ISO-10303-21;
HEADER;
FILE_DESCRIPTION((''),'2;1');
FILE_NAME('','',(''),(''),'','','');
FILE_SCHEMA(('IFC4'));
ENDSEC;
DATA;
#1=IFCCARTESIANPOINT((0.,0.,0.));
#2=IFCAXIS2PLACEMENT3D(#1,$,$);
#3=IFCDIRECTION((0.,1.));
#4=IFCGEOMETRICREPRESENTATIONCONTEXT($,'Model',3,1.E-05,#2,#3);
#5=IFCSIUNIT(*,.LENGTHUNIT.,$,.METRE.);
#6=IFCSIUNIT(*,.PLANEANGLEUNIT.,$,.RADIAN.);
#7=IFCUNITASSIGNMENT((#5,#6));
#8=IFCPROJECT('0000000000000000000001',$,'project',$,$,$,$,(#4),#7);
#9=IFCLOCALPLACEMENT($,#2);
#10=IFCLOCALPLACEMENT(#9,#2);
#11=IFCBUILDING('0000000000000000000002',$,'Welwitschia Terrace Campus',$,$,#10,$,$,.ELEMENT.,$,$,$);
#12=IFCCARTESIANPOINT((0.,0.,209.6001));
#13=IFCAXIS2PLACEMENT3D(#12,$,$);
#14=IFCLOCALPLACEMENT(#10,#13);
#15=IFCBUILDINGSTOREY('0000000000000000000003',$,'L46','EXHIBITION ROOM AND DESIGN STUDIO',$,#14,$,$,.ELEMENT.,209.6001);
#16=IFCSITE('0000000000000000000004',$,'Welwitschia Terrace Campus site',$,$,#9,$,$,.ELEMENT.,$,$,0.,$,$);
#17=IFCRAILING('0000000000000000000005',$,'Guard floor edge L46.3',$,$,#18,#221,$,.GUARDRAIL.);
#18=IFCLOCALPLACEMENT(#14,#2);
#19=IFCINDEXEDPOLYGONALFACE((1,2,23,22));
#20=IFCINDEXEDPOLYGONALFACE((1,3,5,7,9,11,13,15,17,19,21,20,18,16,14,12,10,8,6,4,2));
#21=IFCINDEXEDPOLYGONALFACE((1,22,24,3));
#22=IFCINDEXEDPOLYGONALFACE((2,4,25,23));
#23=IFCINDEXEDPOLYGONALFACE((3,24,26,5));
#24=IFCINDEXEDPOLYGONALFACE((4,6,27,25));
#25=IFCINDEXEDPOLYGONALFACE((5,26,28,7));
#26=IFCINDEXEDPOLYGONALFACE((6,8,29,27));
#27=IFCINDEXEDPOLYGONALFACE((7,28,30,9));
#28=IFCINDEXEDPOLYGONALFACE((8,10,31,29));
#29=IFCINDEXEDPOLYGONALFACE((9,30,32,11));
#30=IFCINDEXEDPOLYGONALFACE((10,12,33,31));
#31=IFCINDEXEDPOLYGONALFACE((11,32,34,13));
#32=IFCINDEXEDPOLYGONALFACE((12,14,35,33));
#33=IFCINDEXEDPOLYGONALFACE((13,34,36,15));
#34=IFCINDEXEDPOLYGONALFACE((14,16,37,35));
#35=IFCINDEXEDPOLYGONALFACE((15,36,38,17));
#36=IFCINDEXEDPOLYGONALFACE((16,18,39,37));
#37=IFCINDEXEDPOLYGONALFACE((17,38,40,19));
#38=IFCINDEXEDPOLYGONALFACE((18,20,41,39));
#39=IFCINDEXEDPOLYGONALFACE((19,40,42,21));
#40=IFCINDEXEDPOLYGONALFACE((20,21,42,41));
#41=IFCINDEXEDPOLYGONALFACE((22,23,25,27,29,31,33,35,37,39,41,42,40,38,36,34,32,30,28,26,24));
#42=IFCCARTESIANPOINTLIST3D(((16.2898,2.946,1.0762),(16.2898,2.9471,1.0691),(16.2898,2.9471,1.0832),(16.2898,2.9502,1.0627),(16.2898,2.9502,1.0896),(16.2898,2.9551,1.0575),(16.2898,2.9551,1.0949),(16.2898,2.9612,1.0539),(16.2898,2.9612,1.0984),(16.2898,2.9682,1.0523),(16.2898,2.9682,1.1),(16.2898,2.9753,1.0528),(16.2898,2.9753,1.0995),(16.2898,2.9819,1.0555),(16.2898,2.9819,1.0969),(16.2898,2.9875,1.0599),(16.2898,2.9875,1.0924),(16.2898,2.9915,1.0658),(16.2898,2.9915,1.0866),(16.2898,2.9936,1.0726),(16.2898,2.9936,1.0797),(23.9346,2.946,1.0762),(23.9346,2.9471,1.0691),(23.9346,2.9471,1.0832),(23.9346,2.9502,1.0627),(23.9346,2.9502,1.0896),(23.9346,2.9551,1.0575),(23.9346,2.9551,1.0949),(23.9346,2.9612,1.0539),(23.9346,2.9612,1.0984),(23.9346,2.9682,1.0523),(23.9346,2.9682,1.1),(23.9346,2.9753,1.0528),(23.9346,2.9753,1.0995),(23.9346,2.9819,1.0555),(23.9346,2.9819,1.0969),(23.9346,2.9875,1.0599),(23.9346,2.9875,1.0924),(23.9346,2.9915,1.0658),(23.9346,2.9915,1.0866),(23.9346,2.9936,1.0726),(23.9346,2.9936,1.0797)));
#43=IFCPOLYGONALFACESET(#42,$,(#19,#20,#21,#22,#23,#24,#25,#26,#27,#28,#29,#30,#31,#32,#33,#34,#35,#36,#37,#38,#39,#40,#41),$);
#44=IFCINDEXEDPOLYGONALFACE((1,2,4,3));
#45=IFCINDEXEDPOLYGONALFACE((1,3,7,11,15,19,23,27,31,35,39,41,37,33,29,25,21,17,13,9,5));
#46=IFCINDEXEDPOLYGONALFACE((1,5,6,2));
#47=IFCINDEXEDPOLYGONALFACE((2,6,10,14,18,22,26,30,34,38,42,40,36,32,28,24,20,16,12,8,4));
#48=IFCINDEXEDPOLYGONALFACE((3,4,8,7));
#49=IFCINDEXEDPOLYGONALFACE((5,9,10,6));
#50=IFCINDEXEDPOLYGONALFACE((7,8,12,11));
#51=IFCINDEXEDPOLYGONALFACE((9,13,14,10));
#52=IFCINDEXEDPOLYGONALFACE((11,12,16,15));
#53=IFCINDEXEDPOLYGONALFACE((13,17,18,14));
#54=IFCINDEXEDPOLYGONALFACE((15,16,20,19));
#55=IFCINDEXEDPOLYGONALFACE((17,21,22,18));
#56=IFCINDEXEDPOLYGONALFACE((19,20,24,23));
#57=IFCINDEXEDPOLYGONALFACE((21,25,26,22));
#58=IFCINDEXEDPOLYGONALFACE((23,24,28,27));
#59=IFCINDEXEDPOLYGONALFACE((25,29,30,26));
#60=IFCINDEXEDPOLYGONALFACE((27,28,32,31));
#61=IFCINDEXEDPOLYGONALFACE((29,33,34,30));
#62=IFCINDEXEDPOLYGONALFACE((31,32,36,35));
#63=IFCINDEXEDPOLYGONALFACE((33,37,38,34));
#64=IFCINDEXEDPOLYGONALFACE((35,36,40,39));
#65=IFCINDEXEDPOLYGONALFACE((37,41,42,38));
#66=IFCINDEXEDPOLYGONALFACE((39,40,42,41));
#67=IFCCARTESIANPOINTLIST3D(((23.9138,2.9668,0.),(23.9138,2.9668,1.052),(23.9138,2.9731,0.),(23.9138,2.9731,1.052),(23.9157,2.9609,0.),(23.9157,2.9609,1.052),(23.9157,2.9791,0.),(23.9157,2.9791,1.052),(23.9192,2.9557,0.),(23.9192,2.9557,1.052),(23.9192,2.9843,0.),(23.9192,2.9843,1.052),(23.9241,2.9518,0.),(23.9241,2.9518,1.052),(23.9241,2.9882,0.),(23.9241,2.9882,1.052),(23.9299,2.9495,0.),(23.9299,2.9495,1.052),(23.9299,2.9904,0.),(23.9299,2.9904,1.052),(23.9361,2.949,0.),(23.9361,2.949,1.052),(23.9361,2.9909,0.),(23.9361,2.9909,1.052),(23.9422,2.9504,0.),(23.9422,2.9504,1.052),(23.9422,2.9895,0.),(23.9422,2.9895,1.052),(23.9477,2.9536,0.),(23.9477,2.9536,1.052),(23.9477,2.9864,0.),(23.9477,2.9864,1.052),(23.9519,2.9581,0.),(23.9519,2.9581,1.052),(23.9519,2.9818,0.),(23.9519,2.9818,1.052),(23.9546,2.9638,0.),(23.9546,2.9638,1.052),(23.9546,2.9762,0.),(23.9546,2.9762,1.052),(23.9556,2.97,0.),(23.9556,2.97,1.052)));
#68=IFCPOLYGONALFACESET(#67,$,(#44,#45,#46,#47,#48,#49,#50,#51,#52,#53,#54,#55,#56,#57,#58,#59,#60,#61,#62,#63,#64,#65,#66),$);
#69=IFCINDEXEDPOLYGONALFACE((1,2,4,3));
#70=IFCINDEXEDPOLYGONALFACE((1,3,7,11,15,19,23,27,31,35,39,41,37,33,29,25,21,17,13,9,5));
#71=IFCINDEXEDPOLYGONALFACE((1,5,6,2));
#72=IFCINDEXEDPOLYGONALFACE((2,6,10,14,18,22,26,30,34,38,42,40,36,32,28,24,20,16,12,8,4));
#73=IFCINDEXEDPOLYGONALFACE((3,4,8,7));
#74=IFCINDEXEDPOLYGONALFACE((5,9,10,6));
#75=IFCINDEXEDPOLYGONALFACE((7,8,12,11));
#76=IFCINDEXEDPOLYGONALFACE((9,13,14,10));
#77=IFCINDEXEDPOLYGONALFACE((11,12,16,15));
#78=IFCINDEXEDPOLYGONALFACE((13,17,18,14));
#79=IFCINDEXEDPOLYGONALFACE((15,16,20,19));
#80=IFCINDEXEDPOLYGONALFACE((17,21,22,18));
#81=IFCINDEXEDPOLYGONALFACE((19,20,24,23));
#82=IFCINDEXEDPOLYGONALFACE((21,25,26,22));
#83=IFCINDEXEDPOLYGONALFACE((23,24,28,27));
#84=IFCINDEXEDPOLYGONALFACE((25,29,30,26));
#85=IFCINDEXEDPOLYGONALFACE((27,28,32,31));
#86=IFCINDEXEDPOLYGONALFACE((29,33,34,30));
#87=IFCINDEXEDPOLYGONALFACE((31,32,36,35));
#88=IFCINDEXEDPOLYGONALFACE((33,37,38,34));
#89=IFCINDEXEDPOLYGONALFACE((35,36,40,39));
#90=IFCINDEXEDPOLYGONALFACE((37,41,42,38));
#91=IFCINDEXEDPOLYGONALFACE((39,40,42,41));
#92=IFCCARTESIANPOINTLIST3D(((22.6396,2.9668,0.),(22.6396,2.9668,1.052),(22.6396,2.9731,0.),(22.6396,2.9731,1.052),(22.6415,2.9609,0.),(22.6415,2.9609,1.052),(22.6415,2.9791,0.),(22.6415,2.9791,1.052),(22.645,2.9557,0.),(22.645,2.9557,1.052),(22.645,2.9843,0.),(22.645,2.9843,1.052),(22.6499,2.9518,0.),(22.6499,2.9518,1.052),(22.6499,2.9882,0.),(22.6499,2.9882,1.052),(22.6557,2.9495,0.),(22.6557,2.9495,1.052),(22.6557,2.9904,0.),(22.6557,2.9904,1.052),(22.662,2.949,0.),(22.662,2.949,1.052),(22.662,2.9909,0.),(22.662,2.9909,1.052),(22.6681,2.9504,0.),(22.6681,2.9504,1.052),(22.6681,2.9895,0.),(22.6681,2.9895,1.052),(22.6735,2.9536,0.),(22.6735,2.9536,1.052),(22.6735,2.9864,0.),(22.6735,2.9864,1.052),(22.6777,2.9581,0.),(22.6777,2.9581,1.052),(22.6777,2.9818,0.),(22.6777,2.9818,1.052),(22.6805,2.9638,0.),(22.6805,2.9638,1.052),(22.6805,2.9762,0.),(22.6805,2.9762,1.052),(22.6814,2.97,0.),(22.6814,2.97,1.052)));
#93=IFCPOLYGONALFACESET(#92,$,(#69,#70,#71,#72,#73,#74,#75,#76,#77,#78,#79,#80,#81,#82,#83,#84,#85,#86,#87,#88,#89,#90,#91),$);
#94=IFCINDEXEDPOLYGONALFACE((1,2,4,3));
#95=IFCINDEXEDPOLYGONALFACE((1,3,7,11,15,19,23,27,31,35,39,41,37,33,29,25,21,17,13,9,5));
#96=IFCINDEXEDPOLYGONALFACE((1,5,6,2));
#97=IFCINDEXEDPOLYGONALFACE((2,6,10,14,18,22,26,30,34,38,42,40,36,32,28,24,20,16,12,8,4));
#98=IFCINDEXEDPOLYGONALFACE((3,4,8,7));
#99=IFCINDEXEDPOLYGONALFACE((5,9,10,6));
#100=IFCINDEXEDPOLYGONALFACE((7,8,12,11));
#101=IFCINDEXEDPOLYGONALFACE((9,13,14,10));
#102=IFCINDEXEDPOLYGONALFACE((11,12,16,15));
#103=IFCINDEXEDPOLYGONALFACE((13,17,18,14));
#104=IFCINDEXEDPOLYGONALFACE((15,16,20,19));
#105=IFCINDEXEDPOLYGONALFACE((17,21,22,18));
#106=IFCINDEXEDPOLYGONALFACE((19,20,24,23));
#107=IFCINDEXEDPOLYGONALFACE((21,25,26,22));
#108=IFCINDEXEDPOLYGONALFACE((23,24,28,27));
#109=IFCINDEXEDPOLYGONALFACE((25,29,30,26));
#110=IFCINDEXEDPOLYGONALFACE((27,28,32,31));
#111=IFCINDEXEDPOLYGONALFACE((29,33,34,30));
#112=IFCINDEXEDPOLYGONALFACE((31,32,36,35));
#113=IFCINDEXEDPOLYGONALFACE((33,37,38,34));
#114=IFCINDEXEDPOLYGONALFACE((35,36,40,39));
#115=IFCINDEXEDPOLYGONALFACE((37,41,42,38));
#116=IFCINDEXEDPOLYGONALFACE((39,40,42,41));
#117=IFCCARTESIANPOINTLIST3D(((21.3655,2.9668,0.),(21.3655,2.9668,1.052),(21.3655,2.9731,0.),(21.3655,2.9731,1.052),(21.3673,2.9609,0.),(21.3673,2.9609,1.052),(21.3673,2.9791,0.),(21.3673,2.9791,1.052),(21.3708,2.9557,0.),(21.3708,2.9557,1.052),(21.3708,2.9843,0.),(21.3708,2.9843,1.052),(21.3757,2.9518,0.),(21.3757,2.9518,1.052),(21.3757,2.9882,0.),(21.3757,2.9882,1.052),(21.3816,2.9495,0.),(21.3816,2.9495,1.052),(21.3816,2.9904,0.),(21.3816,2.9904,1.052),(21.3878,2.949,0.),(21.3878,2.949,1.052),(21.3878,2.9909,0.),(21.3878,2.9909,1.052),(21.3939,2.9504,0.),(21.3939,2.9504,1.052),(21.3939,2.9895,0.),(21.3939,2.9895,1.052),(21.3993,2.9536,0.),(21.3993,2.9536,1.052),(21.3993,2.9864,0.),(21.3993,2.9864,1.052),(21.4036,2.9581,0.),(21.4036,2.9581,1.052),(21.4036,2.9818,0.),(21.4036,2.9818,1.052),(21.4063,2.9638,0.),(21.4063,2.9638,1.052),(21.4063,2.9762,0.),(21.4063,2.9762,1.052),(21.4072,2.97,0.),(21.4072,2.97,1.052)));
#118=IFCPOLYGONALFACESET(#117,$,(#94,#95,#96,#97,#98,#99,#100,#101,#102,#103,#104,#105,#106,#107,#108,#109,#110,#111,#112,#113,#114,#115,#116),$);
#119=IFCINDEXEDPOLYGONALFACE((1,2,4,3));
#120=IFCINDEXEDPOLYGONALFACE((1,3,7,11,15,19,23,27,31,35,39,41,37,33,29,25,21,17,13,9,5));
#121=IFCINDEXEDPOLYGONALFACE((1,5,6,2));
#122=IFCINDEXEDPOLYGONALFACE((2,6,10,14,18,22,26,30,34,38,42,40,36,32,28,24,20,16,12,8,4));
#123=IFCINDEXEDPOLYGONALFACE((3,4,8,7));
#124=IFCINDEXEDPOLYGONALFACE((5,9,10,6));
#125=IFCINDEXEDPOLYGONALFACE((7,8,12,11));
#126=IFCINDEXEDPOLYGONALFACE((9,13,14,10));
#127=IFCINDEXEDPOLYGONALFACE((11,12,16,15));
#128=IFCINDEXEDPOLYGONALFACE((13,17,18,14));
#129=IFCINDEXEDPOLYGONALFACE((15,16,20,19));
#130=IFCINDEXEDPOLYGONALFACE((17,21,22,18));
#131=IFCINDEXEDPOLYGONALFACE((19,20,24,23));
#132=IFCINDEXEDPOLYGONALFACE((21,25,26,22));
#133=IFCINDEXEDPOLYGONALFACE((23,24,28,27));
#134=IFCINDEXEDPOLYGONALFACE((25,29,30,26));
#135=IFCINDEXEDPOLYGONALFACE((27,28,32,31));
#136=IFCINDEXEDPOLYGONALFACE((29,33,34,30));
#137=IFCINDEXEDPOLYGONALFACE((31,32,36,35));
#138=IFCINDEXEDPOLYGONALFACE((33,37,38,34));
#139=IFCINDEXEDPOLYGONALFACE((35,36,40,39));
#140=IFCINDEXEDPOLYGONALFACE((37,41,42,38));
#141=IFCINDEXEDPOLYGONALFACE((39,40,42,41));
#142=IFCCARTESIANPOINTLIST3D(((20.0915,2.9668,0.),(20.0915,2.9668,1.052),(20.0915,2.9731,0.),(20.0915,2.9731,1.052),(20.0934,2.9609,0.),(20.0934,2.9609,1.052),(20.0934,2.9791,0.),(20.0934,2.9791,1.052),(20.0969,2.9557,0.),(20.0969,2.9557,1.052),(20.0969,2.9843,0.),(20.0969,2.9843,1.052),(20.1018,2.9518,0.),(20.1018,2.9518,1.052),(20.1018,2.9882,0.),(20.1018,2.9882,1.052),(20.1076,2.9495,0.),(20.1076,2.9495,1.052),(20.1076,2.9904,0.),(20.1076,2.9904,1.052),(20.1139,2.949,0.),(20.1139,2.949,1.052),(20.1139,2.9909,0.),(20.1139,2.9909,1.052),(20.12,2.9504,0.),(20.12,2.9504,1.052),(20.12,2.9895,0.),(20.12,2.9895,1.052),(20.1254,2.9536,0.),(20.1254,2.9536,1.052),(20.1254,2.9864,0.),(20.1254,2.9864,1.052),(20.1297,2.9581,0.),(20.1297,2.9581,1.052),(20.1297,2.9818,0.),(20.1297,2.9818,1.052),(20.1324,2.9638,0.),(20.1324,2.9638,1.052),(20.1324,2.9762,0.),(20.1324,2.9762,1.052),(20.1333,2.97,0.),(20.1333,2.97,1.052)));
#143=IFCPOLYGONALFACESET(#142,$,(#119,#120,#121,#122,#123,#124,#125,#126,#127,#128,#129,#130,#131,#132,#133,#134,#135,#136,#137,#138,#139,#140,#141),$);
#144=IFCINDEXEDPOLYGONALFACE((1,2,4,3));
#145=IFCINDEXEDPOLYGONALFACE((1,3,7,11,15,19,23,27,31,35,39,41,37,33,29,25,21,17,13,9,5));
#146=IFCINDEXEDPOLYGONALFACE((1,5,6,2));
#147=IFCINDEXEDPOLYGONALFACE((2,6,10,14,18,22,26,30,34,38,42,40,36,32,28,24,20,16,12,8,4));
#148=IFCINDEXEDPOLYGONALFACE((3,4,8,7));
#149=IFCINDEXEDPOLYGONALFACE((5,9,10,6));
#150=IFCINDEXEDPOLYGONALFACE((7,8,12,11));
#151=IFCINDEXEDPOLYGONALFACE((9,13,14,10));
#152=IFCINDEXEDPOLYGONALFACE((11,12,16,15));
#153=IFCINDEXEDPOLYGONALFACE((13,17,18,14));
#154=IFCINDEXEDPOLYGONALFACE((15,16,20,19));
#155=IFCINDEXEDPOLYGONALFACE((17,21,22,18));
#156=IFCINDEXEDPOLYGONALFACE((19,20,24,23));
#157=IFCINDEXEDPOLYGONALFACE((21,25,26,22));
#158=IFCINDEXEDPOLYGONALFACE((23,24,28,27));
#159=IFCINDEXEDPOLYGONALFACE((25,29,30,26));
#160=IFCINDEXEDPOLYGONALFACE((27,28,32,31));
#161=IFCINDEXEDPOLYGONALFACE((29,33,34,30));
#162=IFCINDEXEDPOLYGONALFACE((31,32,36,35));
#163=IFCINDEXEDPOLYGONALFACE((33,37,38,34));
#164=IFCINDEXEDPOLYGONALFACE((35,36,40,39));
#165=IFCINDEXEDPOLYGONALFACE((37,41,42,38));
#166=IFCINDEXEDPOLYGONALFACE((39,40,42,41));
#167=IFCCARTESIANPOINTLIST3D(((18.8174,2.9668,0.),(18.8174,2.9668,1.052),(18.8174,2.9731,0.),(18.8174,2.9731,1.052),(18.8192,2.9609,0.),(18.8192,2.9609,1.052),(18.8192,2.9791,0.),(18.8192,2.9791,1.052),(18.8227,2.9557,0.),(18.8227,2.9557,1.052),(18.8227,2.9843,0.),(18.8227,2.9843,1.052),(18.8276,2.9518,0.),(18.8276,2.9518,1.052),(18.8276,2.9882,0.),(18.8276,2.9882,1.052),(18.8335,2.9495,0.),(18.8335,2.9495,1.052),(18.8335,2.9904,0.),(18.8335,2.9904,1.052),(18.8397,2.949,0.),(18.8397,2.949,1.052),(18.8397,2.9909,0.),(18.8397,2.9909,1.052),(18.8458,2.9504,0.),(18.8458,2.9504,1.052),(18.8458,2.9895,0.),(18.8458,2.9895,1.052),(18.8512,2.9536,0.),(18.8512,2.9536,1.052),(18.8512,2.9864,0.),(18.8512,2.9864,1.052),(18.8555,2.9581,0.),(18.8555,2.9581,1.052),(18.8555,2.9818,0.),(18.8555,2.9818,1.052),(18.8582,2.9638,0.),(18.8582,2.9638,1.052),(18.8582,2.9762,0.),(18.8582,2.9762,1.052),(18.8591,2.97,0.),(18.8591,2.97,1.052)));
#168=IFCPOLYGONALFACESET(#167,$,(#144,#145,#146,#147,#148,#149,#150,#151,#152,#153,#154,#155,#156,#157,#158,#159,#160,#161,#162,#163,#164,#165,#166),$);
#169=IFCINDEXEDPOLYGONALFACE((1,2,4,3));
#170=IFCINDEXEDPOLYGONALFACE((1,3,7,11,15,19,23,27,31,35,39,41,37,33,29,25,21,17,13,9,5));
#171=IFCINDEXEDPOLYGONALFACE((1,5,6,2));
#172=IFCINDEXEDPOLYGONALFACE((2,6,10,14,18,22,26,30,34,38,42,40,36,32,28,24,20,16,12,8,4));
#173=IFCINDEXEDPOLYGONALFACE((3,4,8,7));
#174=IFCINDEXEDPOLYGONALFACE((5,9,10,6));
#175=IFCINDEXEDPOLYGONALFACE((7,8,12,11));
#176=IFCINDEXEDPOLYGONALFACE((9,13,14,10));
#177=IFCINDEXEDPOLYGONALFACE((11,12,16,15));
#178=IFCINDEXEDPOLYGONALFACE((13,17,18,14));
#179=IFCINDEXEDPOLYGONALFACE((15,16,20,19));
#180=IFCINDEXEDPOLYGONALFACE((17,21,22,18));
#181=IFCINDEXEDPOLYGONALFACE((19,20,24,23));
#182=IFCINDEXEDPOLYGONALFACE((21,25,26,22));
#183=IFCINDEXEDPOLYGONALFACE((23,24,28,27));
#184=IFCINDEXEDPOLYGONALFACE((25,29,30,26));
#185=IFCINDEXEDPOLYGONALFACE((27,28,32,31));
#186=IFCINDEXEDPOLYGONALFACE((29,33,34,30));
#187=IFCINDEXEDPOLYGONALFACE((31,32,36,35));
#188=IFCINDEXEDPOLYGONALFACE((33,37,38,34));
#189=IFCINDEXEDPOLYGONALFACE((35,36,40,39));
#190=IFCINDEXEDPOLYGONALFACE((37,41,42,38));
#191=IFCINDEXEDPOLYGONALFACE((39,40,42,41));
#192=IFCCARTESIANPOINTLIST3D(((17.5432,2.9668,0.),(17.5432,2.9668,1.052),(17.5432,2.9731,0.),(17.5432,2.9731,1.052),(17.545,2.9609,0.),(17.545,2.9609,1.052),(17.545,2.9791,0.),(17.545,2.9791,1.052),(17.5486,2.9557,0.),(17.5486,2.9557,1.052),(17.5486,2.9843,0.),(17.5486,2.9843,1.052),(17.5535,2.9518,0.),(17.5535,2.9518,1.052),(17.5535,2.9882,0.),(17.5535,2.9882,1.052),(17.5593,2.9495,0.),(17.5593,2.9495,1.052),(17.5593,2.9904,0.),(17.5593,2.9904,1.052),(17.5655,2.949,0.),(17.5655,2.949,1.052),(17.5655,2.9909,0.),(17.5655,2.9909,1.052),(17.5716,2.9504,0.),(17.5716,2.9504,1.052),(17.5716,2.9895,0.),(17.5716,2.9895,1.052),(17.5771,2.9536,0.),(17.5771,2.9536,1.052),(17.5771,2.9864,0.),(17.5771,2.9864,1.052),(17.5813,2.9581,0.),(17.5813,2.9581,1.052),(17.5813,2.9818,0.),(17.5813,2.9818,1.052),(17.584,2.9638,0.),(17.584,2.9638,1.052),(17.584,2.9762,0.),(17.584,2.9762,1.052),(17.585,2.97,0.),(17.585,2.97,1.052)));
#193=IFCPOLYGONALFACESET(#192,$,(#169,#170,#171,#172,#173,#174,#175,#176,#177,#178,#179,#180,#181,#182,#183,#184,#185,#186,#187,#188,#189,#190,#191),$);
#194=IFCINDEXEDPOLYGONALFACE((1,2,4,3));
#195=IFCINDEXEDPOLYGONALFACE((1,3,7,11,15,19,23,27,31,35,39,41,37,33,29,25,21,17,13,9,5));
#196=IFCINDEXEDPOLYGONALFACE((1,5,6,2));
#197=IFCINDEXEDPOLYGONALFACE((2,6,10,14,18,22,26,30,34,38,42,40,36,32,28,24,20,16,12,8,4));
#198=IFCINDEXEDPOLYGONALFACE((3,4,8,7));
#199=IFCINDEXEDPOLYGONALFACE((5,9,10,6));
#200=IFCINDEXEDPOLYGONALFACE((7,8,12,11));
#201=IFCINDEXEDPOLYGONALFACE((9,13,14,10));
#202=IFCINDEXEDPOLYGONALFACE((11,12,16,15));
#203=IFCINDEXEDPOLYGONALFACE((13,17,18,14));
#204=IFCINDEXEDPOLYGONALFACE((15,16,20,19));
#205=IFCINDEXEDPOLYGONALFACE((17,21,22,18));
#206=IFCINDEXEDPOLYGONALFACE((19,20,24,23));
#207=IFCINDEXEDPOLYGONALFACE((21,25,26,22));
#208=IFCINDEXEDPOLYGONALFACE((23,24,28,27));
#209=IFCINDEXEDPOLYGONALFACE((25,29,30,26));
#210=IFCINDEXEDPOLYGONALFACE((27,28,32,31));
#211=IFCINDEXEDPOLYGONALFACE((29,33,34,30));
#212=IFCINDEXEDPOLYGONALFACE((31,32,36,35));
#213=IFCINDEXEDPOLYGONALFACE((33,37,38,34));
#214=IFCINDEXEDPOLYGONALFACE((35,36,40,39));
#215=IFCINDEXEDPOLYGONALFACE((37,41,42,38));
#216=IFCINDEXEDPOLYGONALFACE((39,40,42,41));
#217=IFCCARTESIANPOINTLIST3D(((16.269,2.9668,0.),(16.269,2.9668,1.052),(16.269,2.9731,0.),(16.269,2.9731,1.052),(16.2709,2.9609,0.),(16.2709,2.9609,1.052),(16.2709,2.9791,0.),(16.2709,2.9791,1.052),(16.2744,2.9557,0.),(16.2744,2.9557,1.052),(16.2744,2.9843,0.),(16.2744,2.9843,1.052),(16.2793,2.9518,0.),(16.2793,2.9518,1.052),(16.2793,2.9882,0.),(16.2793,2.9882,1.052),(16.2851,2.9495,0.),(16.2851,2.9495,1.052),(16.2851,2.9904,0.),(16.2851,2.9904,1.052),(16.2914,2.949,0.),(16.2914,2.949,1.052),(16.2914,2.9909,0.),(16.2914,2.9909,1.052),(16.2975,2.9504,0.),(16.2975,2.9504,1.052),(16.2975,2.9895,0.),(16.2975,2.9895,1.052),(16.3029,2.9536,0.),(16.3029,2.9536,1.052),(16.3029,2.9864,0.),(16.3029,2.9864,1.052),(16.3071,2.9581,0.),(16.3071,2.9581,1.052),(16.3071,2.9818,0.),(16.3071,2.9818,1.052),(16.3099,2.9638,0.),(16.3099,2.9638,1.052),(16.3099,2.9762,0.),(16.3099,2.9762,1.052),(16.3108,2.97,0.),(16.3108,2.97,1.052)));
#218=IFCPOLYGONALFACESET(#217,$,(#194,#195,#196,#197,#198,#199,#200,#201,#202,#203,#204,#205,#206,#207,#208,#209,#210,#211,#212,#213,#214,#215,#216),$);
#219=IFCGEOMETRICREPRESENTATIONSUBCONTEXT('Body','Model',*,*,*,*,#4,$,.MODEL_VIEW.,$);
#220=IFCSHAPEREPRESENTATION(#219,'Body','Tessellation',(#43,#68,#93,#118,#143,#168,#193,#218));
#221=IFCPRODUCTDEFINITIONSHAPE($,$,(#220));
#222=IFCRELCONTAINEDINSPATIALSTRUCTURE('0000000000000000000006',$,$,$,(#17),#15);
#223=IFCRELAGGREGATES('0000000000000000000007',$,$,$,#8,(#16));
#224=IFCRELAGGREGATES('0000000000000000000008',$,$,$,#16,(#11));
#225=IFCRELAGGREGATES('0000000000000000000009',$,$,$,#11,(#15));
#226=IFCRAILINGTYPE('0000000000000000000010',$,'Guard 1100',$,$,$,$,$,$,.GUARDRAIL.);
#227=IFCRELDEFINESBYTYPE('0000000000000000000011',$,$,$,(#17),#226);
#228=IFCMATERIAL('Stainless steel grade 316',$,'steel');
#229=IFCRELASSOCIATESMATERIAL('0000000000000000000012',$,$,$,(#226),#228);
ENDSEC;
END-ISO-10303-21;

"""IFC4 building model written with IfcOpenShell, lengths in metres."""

from ifc_helpers import new_model, si_unit, direction, frame, origin, origin_2d, place, context, subcontext, project, spatial, circle, extrude, material, type_object, element, save


model = new_model("IFC4")

# Units and contexts
model_context = context("Model", 3, precision=1e-05, world=origin(), true_north=direction((0.0, 1.0)))
body_context = subcontext(model_context, "Body", "Model", "MODEL_VIEW")
ifc_project = project(units=[si_unit("LENGTHUNIT", "METRE"), si_unit("PLANEANGLEUNIT", "RADIAN")], contexts=[model_context])

# Site, building, storey
site_placement = place(None, origin())
site = spatial("IfcSite", under=ifc_project, at=site_placement, Name="Welwitschia Terrace Campus site", CompositionType="ELEMENT", RefElevation=0.0)
building_placement = place(site_placement, origin())
building = spatial("IfcBuilding", under=site, at=building_placement, Name="Welwitschia Terrace Campus", CompositionType="ELEMENT")
storey_placement = place(building_placement, frame((0.0, 0.0, 209.6001)))
storey = spatial("IfcBuildingStorey", under=building, at=storey_placement, Name="L46", Description="EXHIBITION ROOM AND DESIGN STUDIO", CompositionType="ELEMENT", Elevation=209.6001)

# Railing
ifc_material_1 = material(Name="Stainless steel grade 316", Category="steel")
railing_type_1 = type_object("IfcRailingType", Name="Guard 1100", PredefinedType="GUARDRAIL", material=ifc_material_1)
railing_1_placement = place(storey_placement, frame((23.9346, 2.97, 0.0)))
element("IfcRailing", 1, at=railing_1_placement, inside=storey, type_object=railing_type_1, Name="Guard floor edge L46.3", PredefinedType="GUARDRAIL", context=body_context, shape_type="SweptSolid", body=[
    extrude(circle(Radius=0.0239, at=origin_2d()), frame((0.0, 0.0, 1.0762), z_axis=(-1.0, 0.0, 0.0), x_axis=(0.0, -1.0, 0.0)), (0.0, 0.0, 1.0), 7.6448),
    extrude(circle(Radius=0.021, at=origin_2d()), origin(), (0.0, 0.0, 1.0), 1.052),
    extrude(circle(Radius=0.021, at=origin_2d()), frame((-1.2742, 0.0, 0.0)), (0.0, 0.0, 1.0), 1.052),
    extrude(circle(Radius=0.021, at=origin_2d()), frame((-2.5483, 0.0, 0.0)), (0.0, 0.0, 1.0), 1.052),
    extrude(circle(Radius=0.021, at=origin_2d()), frame((-3.8223, 0.0, 0.0)), (0.0, 0.0, 1.0), 1.052),
    extrude(circle(Radius=0.021, at=origin_2d()), frame((-5.0964, 0.0, 0.0)), (0.0, 0.0, 1.0), 1.052),
    extrude(circle(Radius=0.021, at=origin_2d()), frame((-6.3706, 0.0, 0.0)), (0.0, 0.0, 1.0), 1.052),
    extrude(circle(Radius=0.021, at=origin_2d()), frame((-7.6448, 0.0, 0.0)), (0.0, 0.0, 1.0), 1.052),
])

save(model, "model.ifc")
